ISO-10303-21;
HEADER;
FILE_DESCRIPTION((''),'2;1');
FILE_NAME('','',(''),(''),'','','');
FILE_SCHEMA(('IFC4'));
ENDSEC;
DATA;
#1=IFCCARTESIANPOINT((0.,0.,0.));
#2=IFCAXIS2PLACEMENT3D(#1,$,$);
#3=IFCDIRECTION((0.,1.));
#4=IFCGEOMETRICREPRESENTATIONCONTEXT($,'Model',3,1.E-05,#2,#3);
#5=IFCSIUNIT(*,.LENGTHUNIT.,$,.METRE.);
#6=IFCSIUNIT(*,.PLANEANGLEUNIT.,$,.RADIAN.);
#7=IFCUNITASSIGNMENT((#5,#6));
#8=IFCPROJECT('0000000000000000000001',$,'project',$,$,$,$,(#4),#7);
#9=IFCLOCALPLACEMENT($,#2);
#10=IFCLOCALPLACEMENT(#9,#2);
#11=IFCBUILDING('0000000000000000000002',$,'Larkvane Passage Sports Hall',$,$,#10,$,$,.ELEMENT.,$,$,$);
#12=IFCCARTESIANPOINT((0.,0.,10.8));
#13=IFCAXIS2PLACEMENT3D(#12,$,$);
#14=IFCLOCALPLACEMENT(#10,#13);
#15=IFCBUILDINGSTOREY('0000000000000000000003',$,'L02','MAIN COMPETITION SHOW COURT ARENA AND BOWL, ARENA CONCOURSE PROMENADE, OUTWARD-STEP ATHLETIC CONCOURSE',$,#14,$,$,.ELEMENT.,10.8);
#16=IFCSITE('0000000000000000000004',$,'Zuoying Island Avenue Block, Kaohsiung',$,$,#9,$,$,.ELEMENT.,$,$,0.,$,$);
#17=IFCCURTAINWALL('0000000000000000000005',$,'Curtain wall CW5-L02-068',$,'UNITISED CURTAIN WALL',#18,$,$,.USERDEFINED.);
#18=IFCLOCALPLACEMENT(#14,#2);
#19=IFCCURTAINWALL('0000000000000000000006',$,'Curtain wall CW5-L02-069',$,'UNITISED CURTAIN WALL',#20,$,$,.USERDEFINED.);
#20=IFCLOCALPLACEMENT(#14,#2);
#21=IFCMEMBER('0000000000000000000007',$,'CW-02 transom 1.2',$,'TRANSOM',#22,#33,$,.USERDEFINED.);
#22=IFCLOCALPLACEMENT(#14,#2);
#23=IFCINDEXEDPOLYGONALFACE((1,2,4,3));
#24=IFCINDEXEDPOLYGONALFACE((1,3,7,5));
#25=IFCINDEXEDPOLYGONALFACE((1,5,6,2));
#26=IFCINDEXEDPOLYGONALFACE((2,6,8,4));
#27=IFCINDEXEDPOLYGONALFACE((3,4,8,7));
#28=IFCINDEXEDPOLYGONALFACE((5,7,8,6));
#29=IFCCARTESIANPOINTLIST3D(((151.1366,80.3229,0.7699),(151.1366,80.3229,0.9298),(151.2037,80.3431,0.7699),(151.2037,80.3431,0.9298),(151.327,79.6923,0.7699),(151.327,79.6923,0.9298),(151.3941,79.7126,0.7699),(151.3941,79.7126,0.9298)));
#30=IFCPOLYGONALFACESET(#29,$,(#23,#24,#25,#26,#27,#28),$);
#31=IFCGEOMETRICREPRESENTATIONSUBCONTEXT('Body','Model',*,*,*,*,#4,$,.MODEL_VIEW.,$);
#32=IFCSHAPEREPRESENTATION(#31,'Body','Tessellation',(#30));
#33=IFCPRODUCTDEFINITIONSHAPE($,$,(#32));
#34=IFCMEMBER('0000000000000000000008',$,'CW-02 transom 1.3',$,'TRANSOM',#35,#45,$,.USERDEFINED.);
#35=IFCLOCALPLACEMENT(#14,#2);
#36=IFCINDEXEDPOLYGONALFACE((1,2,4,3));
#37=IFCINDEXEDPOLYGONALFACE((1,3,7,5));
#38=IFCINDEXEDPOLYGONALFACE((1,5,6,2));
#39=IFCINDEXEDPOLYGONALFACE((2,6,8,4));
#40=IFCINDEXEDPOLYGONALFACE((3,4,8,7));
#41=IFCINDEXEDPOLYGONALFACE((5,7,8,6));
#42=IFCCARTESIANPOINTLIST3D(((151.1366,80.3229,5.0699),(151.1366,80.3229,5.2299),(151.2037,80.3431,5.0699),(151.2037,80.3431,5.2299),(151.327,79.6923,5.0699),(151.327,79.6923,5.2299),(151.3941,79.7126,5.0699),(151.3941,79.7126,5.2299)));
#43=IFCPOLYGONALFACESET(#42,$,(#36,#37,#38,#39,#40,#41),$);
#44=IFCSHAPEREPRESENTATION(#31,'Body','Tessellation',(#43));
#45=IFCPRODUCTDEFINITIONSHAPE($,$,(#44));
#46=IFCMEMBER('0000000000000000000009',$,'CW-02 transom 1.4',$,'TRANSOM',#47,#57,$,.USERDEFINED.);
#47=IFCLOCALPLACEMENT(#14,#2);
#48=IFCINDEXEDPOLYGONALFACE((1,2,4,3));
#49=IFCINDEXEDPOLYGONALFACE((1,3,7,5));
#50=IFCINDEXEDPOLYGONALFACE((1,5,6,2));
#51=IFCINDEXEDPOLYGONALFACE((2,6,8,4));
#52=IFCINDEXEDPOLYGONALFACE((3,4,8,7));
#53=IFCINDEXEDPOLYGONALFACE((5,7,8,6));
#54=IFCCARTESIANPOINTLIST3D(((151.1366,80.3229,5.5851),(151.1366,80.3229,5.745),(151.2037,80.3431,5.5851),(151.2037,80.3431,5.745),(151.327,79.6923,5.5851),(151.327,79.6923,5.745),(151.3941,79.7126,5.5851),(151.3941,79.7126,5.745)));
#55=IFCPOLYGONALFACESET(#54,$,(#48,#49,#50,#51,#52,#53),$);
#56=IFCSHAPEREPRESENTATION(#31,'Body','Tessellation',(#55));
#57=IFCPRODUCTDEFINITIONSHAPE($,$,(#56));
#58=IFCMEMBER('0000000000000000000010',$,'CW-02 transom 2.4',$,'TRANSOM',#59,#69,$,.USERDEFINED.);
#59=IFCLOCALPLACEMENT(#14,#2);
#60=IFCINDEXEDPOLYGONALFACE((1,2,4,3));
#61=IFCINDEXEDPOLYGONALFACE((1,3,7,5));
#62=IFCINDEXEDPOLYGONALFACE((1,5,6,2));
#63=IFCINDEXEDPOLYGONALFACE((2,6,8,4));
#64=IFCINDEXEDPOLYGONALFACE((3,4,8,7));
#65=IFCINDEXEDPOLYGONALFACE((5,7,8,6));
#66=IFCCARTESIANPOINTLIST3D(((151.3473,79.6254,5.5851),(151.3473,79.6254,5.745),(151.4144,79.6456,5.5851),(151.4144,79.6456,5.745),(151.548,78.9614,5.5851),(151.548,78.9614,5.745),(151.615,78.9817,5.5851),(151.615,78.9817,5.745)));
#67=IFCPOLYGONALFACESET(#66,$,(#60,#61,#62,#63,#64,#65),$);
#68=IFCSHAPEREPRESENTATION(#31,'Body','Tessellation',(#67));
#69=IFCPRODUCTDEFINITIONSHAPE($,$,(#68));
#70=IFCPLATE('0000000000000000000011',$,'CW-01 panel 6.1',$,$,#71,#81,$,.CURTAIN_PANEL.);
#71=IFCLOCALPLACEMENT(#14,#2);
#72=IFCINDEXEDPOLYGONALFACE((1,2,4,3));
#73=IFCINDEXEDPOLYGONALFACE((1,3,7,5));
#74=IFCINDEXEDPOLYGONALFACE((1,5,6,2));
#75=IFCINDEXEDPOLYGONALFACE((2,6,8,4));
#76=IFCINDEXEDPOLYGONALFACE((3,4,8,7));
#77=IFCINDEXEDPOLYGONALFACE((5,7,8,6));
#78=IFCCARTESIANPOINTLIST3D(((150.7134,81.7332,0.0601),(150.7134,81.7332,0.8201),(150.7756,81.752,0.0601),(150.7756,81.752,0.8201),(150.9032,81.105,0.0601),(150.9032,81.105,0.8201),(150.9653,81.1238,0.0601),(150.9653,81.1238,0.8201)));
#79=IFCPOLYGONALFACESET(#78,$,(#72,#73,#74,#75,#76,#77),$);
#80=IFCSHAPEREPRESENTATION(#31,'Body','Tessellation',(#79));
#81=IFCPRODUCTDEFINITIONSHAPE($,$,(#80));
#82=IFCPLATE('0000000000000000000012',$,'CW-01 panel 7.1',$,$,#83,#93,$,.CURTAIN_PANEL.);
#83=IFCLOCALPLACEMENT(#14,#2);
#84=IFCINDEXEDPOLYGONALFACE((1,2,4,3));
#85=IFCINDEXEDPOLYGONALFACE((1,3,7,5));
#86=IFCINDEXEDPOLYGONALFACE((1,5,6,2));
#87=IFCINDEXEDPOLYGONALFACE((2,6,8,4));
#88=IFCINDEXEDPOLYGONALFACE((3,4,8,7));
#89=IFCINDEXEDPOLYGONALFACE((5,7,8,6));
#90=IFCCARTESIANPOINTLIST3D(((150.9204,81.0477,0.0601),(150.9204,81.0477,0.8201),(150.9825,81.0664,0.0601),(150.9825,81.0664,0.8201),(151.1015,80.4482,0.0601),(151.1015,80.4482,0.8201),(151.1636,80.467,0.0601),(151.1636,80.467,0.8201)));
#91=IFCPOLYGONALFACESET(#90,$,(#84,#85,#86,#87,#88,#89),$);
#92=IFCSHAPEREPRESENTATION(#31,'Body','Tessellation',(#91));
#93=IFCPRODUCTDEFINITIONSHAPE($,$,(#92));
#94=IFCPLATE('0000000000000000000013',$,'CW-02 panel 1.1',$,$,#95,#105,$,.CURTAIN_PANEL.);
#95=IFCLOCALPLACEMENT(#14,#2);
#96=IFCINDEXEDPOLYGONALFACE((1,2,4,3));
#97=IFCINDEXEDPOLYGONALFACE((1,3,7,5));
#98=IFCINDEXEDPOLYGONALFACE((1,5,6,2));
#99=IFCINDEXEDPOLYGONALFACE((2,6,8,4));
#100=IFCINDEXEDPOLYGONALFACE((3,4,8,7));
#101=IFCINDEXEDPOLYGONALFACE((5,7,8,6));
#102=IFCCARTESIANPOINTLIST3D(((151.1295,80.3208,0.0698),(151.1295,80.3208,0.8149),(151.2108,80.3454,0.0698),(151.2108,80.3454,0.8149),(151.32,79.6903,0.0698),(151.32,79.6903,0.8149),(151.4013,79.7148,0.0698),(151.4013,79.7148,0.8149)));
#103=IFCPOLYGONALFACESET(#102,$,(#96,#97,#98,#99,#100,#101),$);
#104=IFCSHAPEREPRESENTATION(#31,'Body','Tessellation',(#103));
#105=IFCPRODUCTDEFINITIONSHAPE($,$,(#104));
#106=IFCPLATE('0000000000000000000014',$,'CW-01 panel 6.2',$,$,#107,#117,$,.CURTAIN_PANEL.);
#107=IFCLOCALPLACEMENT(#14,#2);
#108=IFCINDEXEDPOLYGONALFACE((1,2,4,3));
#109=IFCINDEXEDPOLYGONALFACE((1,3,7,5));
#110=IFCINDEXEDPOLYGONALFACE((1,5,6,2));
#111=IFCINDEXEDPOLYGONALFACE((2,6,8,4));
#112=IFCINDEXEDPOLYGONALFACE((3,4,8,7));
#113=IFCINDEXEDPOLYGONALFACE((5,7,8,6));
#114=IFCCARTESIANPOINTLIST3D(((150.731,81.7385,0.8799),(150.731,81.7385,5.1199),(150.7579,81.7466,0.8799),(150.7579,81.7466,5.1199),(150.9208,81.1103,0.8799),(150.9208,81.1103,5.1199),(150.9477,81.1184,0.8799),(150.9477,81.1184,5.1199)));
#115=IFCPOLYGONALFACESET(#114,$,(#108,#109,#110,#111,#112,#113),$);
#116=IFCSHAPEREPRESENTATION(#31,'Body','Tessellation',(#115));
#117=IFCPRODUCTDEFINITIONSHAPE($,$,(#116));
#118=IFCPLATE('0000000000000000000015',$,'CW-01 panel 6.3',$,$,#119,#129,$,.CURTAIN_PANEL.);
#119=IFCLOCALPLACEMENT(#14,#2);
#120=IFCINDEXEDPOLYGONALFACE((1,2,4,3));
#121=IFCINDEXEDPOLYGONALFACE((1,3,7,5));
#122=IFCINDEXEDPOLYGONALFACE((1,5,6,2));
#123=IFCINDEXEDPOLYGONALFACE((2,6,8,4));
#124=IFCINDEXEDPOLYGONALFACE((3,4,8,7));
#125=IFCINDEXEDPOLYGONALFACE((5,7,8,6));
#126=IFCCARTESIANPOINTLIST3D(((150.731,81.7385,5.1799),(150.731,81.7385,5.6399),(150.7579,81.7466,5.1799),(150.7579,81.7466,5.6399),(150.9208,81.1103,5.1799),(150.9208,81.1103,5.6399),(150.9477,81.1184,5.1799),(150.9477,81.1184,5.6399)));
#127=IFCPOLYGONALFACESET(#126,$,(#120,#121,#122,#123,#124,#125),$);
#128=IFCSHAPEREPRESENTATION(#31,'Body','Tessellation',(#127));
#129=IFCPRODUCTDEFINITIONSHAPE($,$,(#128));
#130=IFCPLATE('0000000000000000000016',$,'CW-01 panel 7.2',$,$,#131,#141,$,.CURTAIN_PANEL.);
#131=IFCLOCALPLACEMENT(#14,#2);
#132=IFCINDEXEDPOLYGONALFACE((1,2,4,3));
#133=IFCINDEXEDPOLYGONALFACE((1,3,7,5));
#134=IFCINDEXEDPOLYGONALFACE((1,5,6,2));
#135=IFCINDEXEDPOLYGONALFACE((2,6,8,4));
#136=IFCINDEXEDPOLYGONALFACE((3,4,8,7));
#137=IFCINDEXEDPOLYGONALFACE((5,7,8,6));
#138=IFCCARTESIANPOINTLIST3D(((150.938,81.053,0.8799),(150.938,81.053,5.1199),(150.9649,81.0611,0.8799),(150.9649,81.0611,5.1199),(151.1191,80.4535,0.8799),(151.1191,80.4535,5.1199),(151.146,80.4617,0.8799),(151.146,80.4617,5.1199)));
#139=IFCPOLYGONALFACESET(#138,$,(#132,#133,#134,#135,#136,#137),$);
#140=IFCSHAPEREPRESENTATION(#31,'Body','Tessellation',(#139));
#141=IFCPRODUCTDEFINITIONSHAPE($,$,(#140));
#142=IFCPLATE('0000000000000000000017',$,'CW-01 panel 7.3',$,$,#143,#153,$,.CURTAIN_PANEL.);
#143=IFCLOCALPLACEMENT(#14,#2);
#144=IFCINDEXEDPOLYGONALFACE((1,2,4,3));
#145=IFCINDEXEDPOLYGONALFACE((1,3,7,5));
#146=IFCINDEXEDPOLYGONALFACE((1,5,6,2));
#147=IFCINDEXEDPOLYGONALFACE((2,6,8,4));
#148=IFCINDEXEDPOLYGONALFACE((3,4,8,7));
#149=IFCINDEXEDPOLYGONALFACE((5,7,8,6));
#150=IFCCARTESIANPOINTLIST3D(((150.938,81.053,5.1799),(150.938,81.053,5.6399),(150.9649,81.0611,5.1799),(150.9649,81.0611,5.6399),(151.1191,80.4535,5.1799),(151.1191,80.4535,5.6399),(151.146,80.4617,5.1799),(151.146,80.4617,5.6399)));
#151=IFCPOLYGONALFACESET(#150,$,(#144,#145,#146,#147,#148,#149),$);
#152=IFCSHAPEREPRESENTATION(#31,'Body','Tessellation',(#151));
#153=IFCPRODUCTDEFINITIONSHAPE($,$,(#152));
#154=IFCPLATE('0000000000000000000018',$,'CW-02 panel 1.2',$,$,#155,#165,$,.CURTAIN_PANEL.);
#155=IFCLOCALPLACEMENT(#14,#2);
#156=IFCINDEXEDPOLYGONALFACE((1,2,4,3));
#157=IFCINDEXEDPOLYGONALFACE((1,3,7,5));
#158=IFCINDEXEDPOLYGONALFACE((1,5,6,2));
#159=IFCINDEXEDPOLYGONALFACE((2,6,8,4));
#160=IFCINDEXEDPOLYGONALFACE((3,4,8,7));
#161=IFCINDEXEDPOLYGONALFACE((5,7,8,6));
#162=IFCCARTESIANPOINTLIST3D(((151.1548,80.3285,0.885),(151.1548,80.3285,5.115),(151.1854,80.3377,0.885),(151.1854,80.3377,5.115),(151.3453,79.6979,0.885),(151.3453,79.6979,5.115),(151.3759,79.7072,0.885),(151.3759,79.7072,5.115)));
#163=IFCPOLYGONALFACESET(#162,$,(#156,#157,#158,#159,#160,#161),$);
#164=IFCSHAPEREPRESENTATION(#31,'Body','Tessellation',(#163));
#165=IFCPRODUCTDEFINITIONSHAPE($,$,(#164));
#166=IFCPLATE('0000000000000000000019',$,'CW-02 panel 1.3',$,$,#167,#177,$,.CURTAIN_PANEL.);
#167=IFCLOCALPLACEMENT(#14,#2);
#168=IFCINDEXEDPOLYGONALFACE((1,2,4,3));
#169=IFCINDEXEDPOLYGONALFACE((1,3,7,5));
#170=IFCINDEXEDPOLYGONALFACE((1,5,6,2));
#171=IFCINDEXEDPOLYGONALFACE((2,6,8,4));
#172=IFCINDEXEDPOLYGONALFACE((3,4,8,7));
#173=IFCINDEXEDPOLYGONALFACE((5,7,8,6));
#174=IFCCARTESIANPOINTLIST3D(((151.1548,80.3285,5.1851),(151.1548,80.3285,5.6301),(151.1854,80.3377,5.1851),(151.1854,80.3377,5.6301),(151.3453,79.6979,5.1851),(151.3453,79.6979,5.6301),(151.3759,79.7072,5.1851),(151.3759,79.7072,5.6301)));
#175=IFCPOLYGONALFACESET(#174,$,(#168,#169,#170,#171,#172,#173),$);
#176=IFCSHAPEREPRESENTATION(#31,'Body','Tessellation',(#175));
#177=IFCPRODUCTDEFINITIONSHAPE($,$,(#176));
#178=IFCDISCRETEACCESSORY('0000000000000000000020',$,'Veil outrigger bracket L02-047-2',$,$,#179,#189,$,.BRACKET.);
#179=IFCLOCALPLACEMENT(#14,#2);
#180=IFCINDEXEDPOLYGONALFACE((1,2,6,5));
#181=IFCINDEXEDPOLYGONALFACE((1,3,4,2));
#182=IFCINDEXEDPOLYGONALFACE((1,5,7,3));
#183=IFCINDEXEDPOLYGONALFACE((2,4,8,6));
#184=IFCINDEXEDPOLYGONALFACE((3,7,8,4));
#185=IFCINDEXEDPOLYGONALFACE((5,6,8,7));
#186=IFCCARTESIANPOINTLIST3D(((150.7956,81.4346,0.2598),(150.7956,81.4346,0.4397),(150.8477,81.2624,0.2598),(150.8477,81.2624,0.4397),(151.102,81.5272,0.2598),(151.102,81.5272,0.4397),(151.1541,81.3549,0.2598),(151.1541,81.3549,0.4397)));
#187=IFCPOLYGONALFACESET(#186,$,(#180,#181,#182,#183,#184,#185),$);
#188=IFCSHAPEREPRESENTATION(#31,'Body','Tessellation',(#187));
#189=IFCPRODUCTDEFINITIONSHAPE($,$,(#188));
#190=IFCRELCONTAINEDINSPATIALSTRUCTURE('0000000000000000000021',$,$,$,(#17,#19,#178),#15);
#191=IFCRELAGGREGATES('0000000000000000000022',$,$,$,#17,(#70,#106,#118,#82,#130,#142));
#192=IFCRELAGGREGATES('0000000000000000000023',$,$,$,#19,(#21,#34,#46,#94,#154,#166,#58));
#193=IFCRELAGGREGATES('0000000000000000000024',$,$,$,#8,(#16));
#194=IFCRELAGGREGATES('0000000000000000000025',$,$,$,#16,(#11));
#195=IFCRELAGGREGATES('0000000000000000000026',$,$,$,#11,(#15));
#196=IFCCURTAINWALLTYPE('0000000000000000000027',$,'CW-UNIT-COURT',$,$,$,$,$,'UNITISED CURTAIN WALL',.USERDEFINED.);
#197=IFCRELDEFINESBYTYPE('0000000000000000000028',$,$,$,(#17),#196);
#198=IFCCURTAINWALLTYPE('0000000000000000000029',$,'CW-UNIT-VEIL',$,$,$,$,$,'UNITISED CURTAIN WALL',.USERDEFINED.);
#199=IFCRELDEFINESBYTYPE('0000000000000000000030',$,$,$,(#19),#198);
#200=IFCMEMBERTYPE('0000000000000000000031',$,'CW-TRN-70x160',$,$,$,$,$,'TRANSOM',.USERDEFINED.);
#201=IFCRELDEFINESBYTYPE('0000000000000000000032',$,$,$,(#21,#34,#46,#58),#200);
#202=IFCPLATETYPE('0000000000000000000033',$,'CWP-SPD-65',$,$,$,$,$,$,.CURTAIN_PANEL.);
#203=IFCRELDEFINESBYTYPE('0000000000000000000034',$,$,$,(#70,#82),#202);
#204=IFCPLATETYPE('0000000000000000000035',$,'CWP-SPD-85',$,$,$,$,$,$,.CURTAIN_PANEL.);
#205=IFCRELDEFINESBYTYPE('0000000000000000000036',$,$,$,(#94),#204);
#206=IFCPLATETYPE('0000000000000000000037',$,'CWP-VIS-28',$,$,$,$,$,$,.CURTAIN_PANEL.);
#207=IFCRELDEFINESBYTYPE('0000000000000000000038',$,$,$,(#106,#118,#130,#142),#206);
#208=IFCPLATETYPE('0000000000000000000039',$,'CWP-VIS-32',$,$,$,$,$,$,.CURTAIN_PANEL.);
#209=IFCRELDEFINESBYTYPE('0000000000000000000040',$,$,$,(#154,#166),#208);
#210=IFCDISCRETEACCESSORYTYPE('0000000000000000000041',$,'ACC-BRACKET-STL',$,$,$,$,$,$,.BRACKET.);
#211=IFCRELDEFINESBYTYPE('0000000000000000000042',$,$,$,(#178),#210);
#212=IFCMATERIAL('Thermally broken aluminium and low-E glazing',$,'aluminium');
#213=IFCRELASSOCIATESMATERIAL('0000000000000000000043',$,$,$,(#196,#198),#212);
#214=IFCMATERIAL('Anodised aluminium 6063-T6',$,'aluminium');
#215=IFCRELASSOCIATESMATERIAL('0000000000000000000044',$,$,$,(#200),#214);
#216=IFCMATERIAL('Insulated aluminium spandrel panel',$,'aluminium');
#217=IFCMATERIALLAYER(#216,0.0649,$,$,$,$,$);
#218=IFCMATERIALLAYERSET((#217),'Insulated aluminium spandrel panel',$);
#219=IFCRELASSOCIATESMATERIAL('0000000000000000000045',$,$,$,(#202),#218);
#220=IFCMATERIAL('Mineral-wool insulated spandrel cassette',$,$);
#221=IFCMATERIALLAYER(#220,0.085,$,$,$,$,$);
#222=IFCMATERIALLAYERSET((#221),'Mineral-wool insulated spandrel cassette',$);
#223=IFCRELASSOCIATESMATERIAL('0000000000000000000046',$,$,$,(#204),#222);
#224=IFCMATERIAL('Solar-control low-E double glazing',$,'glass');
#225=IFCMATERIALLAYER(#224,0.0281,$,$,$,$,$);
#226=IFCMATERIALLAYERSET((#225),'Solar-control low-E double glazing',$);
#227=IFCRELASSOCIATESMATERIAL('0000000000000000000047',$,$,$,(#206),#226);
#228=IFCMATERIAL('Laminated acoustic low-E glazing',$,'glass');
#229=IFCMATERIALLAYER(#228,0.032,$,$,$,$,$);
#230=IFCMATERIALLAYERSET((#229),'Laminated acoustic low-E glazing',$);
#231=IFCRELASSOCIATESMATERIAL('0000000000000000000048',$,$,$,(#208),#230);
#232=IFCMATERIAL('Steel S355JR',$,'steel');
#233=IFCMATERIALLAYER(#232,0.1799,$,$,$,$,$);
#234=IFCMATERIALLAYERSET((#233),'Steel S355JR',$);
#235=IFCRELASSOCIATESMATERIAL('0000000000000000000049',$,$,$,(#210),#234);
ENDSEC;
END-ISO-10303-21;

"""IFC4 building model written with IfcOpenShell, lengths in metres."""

from ifc_helpers import new_model, si_unit, direction, frame, origin, origin_2d, place, context, subcontext, project, spatial, rectangle, extrude, material, layer, layer_set, material_profile, profile_set, type_object, element, aggregate, save


model = new_model("IFC4")

# Units and contexts
model_context = context("Model", 3, precision=1e-05, world=origin(), true_north=direction((0.0, 1.0)))
body_context = subcontext(model_context, "Body", "Model", "MODEL_VIEW")
ifc_project = project(units=[si_unit("LENGTHUNIT", "METRE"), si_unit("PLANEANGLEUNIT", "RADIAN")], contexts=[model_context])

# Site, building, storey
site_placement = place(None, origin())
site = spatial("IfcSite", under=ifc_project, at=site_placement, Name="Zuoying Island Avenue Block, Kaohsiung", CompositionType="ELEMENT", RefElevation=0.0)
building_placement = place(site_placement, origin())
building = spatial("IfcBuilding", under=site, at=building_placement, Name="Larkvane Passage Sports Hall", CompositionType="ELEMENT")
storey_placement = place(building_placement, frame((0.0, 0.0, 10.8)))
storey = spatial("IfcBuildingStorey", under=building, at=storey_placement, Name="L02", Description="MAIN COMPETITION SHOW COURT ARENA AND BOWL, ARENA CONCOURSE PROMENADE, OUTWARD-STEP ATHLETIC CONCOURSE", CompositionType="ELEMENT", Elevation=10.8)

# Curtain walls
ifc_material_1 = material(Name="Thermally broken aluminium and low-E glazing", Category="aluminium")
curtain_wall_type_1 = type_object("IfcCurtainWallType", Name="CW-UNIT-COURT", ElementType="UNITISED CURTAIN WALL", PredefinedType="USERDEFINED", material=ifc_material_1)
curtain_wall_1_placement = place(storey_placement, origin())
curtain_wall_1 = element("IfcCurtainWall", 1, at=curtain_wall_1_placement, inside=storey, type_object=curtain_wall_type_1, Name="Curtain wall CW5-L02-068", ObjectType="UNITISED CURTAIN WALL", PredefinedType="USERDEFINED")
ifc_material_2 = material(Name="Anodised aluminium 6063-T6", Category="aluminium")
curtain_wall_type_2 = type_object("IfcCurtainWallType", Name="CW-UNIT-VEIL", ElementType="UNITISED CURTAIN WALL", PredefinedType="USERDEFINED", material=ifc_material_1)
curtain_wall_2_placement = place(storey_placement, origin())
curtain_wall_2 = element("IfcCurtainWall", 2, at=curtain_wall_2_placement, inside=storey, type_object=curtain_wall_type_2, Name="Curtain wall CW5-L02-069", ObjectType="UNITISED CURTAIN WALL", PredefinedType="USERDEFINED")

# Members
ifc_material_profile_1 = material_profile(ifc_material_2, rectangle(XDim=0.0701, YDim=0.1599, at=origin_2d()), Name="ALU-TRN-70x160")
ifc_profile_set_1 = profile_set([ifc_material_profile_1], Name="Anodised aluminium 6063-T6")
member_type_1 = type_object("IfcMemberType", Name="CW-TRN-70x160", ElementType="TRANSOM", PredefinedType="USERDEFINED", material=ifc_profile_set_1)
member_1_placement = place(storey_placement, frame((151.1702, 80.333, 0.8499), z_axis=(0.289081, -0.957304, 0.0), x_axis=(0.957304, 0.289081, 0.0)))
member_1 = element("IfcMember", 3, at=member_1_placement, type_object=member_type_1, Name="CW-02 transom 1.2", ObjectType="TRANSOM", PredefinedType="USERDEFINED", context=body_context, shape_type="SweptSolid", body=[
    extrude(rectangle(XDim=0.0701, YDim=0.1599, at=origin_2d()), origin(), (0.0, 0.0, 1.0), 0.6587),
])
member_2_placement = place(storey_placement, frame((151.1702, 80.333, 5.1499), z_axis=(0.289081, -0.957304, 0.0), x_axis=(0.957304, 0.289081, 0.0)))
member_2 = element("IfcMember", 4, at=member_2_placement, type_object=member_type_1, Name="CW-02 transom 1.3", ObjectType="TRANSOM", PredefinedType="USERDEFINED", context=body_context, shape_type="SweptSolid", body=[
    extrude(rectangle(XDim=0.0701, YDim=0.1599, at=origin_2d()), origin(), (0.0, 0.0, 1.0), 0.6587),
])
member_3_placement = place(storey_placement, frame((151.1702, 80.333, 5.665), z_axis=(0.289081, -0.957304, 0.0), x_axis=(0.957304, 0.289081, 0.0)))
member_3 = element("IfcMember", 5, at=member_3_placement, type_object=member_type_1, Name="CW-02 transom 1.4", ObjectType="TRANSOM", PredefinedType="USERDEFINED", context=body_context, shape_type="SweptSolid", body=[
    extrude(rectangle(XDim=0.0701, YDim=0.1599, at=origin_2d()), origin(), (0.0, 0.0, 1.0), 0.6587),
])
member_4_placement = place(storey_placement, frame((151.3809, 79.6355, 5.665), z_axis=(0.289285, -0.957243, 0.0), x_axis=(0.957243, 0.289285, 0.0)))
member_4 = element("IfcMember", 6, at=member_4_placement, type_object=member_type_1, Name="CW-02 transom 2.4", ObjectType="TRANSOM", PredefinedType="USERDEFINED", context=body_context, shape_type="SweptSolid", body=[
    extrude(rectangle(XDim=0.0701, YDim=0.1599, at=origin_2d()), origin(), (0.0, 0.0, 1.0), 0.6936),
])

# Plates
ifc_material_3 = material(Name="Insulated aluminium spandrel panel", Category="aluminium")
ifc_layer_1 = layer(ifc_material_3, 0.0649)
ifc_layer_set_1 = layer_set([ifc_layer_1], Name="Insulated aluminium spandrel panel")
plate_type_1 = type_object("IfcPlateType", Name="CWP-SPD-65", PredefinedType="CURTAIN_PANEL", material=ifc_layer_set_1)
plate_1_placement = place(storey_placement, frame((150.8394, 81.4285, 0.0601), z_axis=(0.0, 0.0, 1.0), x_axis=(0.289177, -0.957276, 0.0)))
plate_1 = element("IfcPlate", 7, at=plate_1_placement, type_object=plate_type_1, Name="CW-01 panel 6.1", PredefinedType="CURTAIN_PANEL", context=body_context, shape_type="SweptSolid", body=[
    extrude(rectangle(XDim=0.6562, YDim=0.0649, at=origin_2d()), origin(), (0.0, 0.0, 1.0), 0.76),
])
plate_2_placement = place(storey_placement, frame((151.042, 80.7573, 0.0601), z_axis=(0.0, 0.0, 1.0), x_axis=(0.289177, -0.957276, 0.0)))
plate_2 = element("IfcPlate", 8, at=plate_2_placement, type_object=plate_type_1, Name="CW-01 panel 7.1", PredefinedType="CURTAIN_PANEL", context=body_context, shape_type="SweptSolid", body=[
    extrude(rectangle(XDim=0.6262, YDim=0.0649, at=origin_2d()), origin(), (0.0, 0.0, 1.0), 0.76),
])
ifc_material_4 = material(Name="Mineral-wool insulated spandrel cassette")
ifc_layer_2 = layer(ifc_material_4, 0.085)
ifc_layer_set_2 = layer_set([ifc_layer_2], Name="Mineral-wool insulated spandrel cassette")
plate_type_2 = type_object("IfcPlateType", Name="CWP-SPD-85", PredefinedType="CURTAIN_PANEL", material=ifc_layer_set_2)
plate_3_placement = place(storey_placement, frame((151.2654, 80.0178, 0.0698), z_axis=(0.0, 0.0, 1.0), x_axis=(0.289177, -0.957276, 0.0)))
plate_3 = element("IfcPlate", 9, at=plate_3_placement, type_object=plate_type_2, Name="CW-02 panel 1.1", PredefinedType="CURTAIN_PANEL", context=body_context, shape_type="SweptSolid", body=[
    extrude(rectangle(XDim=0.6587, YDim=0.085, at=origin_2d()), origin(), (0.0, 0.0, 1.0), 0.7451),
])
ifc_material_5 = material(Name="Solar-control low-E double glazing", Category="glass")
ifc_layer_3 = layer(ifc_material_5, 0.0281)
ifc_layer_set_3 = layer_set([ifc_layer_3], Name="Solar-control low-E double glazing")
plate_type_3 = type_object("IfcPlateType", Name="CWP-VIS-28", PredefinedType="CURTAIN_PANEL", material=ifc_layer_set_3)
plate_4_placement = place(storey_placement, frame((150.8394, 81.4285, 0.8799), z_axis=(0.0, 0.0, 1.0), x_axis=(0.289177, -0.957276, 0.0)))
plate_4 = element("IfcPlate", 10, at=plate_4_placement, type_object=plate_type_3, Name="CW-01 panel 6.2", PredefinedType="CURTAIN_PANEL", context=body_context, shape_type="SweptSolid", body=[
    extrude(rectangle(XDim=0.6562, YDim=0.0281, at=origin_2d()), origin(), (0.0, 0.0, 1.0), 4.24),
])
plate_5_placement = place(storey_placement, frame((150.8394, 81.4285, 5.1799), z_axis=(0.0, 0.0, 1.0), x_axis=(0.289177, -0.957276, 0.0)))
plate_5 = element("IfcPlate", 11, at=plate_5_placement, type_object=plate_type_3, Name="CW-01 panel 6.3", PredefinedType="CURTAIN_PANEL", context=body_context, shape_type="SweptSolid", body=[
    extrude(rectangle(XDim=0.6562, YDim=0.0281, at=origin_2d()), origin(), (0.0, 0.0, 1.0), 0.46),
])
plate_6_placement = place(storey_placement, frame((151.042, 80.7573, 0.8799), z_axis=(0.0, 0.0, 1.0), x_axis=(0.289177, -0.957276, 0.0)))
plate_6 = element("IfcPlate", 12, at=plate_6_placement, type_object=plate_type_3, Name="CW-01 panel 7.2", PredefinedType="CURTAIN_PANEL", context=body_context, shape_type="SweptSolid", body=[
    extrude(rectangle(XDim=0.6262, YDim=0.0281, at=origin_2d()), origin(), (0.0, 0.0, 1.0), 4.24),
])
plate_7_placement = place(storey_placement, frame((151.042, 80.7573, 5.1799), z_axis=(0.0, 0.0, 1.0), x_axis=(0.289177, -0.957276, 0.0)))
plate_7 = element("IfcPlate", 13, at=plate_7_placement, type_object=plate_type_3, Name="CW-01 panel 7.3", PredefinedType="CURTAIN_PANEL", context=body_context, shape_type="SweptSolid", body=[
    extrude(rectangle(XDim=0.6262, YDim=0.0281, at=origin_2d()), origin(), (0.0, 0.0, 1.0), 0.46),
])
aggregate(curtain_wall_1, [plate_1, plate_4, plate_5, plate_2, plate_6, plate_7])
ifc_material_6 = material(Name="Laminated acoustic low-E glazing", Category="glass")
ifc_layer_4 = layer(ifc_material_6, 0.032)
ifc_layer_set_4 = layer_set([ifc_layer_4], Name="Laminated acoustic low-E glazing")
plate_type_4 = type_object("IfcPlateType", Name="CWP-VIS-32", PredefinedType="CURTAIN_PANEL", material=ifc_layer_set_4)
plate_8_placement = place(storey_placement, frame((151.2654, 80.0178, 0.885), z_axis=(0.0, 0.0, 1.0), x_axis=(0.289177, -0.957276, 0.0)))
plate_8 = element("IfcPlate", 14, at=plate_8_placement, type_object=plate_type_4, Name="CW-02 panel 1.2", PredefinedType="CURTAIN_PANEL", context=body_context, shape_type="SweptSolid", body=[
    extrude(rectangle(XDim=0.6587, YDim=0.032, at=origin_2d()), origin(), (0.0, 0.0, 1.0), 4.23),
])
plate_9_placement = place(storey_placement, frame((151.2654, 80.0178, 5.1851), z_axis=(0.0, 0.0, 1.0), x_axis=(0.289177, -0.957276, 0.0)))
plate_9 = element("IfcPlate", 15, at=plate_9_placement, type_object=plate_type_4, Name="CW-02 panel 1.3", PredefinedType="CURTAIN_PANEL", context=body_context, shape_type="SweptSolid", body=[
    extrude(rectangle(XDim=0.6587, YDim=0.032, at=origin_2d()), origin(), (0.0, 0.0, 1.0), 0.4451),
])
aggregate(curtain_wall_2, [member_1, member_2, member_3, plate_3, plate_8, plate_9, member_4])

# Discrete accessory
ifc_material_7 = material(Name="Steel S355JR", Category="steel")
ifc_layer_5 = layer(ifc_material_7, 0.1799)
ifc_layer_set_5 = layer_set([ifc_layer_5], Name="Steel S355JR")
discrete_accessory_type = type_object("IfcDiscreteAccessoryType", Name="ACC-BRACKET-STL", PredefinedType="BRACKET", material=ifc_layer_set_5)
discrete_accessory_placement = place(storey_placement, frame((150.9749, 81.3948, 0.2598), z_axis=(0.0, 0.0, 1.0), x_axis=(0.289177, -0.957276, 0.0)))
element("IfcDiscreteAccessory", 16, at=discrete_accessory_placement, inside=storey, type_object=discrete_accessory_type, Name="Veil outrigger bracket L02-047-2", PredefinedType="BRACKET", context=body_context, shape_type="SweptSolid", body=[
    extrude(rectangle(XDim=0.1799, YDim=0.3201, at=origin_2d()), origin(), (0.0, 0.0, 1.0), 0.1799),
])

save(model, "model.ifc")
